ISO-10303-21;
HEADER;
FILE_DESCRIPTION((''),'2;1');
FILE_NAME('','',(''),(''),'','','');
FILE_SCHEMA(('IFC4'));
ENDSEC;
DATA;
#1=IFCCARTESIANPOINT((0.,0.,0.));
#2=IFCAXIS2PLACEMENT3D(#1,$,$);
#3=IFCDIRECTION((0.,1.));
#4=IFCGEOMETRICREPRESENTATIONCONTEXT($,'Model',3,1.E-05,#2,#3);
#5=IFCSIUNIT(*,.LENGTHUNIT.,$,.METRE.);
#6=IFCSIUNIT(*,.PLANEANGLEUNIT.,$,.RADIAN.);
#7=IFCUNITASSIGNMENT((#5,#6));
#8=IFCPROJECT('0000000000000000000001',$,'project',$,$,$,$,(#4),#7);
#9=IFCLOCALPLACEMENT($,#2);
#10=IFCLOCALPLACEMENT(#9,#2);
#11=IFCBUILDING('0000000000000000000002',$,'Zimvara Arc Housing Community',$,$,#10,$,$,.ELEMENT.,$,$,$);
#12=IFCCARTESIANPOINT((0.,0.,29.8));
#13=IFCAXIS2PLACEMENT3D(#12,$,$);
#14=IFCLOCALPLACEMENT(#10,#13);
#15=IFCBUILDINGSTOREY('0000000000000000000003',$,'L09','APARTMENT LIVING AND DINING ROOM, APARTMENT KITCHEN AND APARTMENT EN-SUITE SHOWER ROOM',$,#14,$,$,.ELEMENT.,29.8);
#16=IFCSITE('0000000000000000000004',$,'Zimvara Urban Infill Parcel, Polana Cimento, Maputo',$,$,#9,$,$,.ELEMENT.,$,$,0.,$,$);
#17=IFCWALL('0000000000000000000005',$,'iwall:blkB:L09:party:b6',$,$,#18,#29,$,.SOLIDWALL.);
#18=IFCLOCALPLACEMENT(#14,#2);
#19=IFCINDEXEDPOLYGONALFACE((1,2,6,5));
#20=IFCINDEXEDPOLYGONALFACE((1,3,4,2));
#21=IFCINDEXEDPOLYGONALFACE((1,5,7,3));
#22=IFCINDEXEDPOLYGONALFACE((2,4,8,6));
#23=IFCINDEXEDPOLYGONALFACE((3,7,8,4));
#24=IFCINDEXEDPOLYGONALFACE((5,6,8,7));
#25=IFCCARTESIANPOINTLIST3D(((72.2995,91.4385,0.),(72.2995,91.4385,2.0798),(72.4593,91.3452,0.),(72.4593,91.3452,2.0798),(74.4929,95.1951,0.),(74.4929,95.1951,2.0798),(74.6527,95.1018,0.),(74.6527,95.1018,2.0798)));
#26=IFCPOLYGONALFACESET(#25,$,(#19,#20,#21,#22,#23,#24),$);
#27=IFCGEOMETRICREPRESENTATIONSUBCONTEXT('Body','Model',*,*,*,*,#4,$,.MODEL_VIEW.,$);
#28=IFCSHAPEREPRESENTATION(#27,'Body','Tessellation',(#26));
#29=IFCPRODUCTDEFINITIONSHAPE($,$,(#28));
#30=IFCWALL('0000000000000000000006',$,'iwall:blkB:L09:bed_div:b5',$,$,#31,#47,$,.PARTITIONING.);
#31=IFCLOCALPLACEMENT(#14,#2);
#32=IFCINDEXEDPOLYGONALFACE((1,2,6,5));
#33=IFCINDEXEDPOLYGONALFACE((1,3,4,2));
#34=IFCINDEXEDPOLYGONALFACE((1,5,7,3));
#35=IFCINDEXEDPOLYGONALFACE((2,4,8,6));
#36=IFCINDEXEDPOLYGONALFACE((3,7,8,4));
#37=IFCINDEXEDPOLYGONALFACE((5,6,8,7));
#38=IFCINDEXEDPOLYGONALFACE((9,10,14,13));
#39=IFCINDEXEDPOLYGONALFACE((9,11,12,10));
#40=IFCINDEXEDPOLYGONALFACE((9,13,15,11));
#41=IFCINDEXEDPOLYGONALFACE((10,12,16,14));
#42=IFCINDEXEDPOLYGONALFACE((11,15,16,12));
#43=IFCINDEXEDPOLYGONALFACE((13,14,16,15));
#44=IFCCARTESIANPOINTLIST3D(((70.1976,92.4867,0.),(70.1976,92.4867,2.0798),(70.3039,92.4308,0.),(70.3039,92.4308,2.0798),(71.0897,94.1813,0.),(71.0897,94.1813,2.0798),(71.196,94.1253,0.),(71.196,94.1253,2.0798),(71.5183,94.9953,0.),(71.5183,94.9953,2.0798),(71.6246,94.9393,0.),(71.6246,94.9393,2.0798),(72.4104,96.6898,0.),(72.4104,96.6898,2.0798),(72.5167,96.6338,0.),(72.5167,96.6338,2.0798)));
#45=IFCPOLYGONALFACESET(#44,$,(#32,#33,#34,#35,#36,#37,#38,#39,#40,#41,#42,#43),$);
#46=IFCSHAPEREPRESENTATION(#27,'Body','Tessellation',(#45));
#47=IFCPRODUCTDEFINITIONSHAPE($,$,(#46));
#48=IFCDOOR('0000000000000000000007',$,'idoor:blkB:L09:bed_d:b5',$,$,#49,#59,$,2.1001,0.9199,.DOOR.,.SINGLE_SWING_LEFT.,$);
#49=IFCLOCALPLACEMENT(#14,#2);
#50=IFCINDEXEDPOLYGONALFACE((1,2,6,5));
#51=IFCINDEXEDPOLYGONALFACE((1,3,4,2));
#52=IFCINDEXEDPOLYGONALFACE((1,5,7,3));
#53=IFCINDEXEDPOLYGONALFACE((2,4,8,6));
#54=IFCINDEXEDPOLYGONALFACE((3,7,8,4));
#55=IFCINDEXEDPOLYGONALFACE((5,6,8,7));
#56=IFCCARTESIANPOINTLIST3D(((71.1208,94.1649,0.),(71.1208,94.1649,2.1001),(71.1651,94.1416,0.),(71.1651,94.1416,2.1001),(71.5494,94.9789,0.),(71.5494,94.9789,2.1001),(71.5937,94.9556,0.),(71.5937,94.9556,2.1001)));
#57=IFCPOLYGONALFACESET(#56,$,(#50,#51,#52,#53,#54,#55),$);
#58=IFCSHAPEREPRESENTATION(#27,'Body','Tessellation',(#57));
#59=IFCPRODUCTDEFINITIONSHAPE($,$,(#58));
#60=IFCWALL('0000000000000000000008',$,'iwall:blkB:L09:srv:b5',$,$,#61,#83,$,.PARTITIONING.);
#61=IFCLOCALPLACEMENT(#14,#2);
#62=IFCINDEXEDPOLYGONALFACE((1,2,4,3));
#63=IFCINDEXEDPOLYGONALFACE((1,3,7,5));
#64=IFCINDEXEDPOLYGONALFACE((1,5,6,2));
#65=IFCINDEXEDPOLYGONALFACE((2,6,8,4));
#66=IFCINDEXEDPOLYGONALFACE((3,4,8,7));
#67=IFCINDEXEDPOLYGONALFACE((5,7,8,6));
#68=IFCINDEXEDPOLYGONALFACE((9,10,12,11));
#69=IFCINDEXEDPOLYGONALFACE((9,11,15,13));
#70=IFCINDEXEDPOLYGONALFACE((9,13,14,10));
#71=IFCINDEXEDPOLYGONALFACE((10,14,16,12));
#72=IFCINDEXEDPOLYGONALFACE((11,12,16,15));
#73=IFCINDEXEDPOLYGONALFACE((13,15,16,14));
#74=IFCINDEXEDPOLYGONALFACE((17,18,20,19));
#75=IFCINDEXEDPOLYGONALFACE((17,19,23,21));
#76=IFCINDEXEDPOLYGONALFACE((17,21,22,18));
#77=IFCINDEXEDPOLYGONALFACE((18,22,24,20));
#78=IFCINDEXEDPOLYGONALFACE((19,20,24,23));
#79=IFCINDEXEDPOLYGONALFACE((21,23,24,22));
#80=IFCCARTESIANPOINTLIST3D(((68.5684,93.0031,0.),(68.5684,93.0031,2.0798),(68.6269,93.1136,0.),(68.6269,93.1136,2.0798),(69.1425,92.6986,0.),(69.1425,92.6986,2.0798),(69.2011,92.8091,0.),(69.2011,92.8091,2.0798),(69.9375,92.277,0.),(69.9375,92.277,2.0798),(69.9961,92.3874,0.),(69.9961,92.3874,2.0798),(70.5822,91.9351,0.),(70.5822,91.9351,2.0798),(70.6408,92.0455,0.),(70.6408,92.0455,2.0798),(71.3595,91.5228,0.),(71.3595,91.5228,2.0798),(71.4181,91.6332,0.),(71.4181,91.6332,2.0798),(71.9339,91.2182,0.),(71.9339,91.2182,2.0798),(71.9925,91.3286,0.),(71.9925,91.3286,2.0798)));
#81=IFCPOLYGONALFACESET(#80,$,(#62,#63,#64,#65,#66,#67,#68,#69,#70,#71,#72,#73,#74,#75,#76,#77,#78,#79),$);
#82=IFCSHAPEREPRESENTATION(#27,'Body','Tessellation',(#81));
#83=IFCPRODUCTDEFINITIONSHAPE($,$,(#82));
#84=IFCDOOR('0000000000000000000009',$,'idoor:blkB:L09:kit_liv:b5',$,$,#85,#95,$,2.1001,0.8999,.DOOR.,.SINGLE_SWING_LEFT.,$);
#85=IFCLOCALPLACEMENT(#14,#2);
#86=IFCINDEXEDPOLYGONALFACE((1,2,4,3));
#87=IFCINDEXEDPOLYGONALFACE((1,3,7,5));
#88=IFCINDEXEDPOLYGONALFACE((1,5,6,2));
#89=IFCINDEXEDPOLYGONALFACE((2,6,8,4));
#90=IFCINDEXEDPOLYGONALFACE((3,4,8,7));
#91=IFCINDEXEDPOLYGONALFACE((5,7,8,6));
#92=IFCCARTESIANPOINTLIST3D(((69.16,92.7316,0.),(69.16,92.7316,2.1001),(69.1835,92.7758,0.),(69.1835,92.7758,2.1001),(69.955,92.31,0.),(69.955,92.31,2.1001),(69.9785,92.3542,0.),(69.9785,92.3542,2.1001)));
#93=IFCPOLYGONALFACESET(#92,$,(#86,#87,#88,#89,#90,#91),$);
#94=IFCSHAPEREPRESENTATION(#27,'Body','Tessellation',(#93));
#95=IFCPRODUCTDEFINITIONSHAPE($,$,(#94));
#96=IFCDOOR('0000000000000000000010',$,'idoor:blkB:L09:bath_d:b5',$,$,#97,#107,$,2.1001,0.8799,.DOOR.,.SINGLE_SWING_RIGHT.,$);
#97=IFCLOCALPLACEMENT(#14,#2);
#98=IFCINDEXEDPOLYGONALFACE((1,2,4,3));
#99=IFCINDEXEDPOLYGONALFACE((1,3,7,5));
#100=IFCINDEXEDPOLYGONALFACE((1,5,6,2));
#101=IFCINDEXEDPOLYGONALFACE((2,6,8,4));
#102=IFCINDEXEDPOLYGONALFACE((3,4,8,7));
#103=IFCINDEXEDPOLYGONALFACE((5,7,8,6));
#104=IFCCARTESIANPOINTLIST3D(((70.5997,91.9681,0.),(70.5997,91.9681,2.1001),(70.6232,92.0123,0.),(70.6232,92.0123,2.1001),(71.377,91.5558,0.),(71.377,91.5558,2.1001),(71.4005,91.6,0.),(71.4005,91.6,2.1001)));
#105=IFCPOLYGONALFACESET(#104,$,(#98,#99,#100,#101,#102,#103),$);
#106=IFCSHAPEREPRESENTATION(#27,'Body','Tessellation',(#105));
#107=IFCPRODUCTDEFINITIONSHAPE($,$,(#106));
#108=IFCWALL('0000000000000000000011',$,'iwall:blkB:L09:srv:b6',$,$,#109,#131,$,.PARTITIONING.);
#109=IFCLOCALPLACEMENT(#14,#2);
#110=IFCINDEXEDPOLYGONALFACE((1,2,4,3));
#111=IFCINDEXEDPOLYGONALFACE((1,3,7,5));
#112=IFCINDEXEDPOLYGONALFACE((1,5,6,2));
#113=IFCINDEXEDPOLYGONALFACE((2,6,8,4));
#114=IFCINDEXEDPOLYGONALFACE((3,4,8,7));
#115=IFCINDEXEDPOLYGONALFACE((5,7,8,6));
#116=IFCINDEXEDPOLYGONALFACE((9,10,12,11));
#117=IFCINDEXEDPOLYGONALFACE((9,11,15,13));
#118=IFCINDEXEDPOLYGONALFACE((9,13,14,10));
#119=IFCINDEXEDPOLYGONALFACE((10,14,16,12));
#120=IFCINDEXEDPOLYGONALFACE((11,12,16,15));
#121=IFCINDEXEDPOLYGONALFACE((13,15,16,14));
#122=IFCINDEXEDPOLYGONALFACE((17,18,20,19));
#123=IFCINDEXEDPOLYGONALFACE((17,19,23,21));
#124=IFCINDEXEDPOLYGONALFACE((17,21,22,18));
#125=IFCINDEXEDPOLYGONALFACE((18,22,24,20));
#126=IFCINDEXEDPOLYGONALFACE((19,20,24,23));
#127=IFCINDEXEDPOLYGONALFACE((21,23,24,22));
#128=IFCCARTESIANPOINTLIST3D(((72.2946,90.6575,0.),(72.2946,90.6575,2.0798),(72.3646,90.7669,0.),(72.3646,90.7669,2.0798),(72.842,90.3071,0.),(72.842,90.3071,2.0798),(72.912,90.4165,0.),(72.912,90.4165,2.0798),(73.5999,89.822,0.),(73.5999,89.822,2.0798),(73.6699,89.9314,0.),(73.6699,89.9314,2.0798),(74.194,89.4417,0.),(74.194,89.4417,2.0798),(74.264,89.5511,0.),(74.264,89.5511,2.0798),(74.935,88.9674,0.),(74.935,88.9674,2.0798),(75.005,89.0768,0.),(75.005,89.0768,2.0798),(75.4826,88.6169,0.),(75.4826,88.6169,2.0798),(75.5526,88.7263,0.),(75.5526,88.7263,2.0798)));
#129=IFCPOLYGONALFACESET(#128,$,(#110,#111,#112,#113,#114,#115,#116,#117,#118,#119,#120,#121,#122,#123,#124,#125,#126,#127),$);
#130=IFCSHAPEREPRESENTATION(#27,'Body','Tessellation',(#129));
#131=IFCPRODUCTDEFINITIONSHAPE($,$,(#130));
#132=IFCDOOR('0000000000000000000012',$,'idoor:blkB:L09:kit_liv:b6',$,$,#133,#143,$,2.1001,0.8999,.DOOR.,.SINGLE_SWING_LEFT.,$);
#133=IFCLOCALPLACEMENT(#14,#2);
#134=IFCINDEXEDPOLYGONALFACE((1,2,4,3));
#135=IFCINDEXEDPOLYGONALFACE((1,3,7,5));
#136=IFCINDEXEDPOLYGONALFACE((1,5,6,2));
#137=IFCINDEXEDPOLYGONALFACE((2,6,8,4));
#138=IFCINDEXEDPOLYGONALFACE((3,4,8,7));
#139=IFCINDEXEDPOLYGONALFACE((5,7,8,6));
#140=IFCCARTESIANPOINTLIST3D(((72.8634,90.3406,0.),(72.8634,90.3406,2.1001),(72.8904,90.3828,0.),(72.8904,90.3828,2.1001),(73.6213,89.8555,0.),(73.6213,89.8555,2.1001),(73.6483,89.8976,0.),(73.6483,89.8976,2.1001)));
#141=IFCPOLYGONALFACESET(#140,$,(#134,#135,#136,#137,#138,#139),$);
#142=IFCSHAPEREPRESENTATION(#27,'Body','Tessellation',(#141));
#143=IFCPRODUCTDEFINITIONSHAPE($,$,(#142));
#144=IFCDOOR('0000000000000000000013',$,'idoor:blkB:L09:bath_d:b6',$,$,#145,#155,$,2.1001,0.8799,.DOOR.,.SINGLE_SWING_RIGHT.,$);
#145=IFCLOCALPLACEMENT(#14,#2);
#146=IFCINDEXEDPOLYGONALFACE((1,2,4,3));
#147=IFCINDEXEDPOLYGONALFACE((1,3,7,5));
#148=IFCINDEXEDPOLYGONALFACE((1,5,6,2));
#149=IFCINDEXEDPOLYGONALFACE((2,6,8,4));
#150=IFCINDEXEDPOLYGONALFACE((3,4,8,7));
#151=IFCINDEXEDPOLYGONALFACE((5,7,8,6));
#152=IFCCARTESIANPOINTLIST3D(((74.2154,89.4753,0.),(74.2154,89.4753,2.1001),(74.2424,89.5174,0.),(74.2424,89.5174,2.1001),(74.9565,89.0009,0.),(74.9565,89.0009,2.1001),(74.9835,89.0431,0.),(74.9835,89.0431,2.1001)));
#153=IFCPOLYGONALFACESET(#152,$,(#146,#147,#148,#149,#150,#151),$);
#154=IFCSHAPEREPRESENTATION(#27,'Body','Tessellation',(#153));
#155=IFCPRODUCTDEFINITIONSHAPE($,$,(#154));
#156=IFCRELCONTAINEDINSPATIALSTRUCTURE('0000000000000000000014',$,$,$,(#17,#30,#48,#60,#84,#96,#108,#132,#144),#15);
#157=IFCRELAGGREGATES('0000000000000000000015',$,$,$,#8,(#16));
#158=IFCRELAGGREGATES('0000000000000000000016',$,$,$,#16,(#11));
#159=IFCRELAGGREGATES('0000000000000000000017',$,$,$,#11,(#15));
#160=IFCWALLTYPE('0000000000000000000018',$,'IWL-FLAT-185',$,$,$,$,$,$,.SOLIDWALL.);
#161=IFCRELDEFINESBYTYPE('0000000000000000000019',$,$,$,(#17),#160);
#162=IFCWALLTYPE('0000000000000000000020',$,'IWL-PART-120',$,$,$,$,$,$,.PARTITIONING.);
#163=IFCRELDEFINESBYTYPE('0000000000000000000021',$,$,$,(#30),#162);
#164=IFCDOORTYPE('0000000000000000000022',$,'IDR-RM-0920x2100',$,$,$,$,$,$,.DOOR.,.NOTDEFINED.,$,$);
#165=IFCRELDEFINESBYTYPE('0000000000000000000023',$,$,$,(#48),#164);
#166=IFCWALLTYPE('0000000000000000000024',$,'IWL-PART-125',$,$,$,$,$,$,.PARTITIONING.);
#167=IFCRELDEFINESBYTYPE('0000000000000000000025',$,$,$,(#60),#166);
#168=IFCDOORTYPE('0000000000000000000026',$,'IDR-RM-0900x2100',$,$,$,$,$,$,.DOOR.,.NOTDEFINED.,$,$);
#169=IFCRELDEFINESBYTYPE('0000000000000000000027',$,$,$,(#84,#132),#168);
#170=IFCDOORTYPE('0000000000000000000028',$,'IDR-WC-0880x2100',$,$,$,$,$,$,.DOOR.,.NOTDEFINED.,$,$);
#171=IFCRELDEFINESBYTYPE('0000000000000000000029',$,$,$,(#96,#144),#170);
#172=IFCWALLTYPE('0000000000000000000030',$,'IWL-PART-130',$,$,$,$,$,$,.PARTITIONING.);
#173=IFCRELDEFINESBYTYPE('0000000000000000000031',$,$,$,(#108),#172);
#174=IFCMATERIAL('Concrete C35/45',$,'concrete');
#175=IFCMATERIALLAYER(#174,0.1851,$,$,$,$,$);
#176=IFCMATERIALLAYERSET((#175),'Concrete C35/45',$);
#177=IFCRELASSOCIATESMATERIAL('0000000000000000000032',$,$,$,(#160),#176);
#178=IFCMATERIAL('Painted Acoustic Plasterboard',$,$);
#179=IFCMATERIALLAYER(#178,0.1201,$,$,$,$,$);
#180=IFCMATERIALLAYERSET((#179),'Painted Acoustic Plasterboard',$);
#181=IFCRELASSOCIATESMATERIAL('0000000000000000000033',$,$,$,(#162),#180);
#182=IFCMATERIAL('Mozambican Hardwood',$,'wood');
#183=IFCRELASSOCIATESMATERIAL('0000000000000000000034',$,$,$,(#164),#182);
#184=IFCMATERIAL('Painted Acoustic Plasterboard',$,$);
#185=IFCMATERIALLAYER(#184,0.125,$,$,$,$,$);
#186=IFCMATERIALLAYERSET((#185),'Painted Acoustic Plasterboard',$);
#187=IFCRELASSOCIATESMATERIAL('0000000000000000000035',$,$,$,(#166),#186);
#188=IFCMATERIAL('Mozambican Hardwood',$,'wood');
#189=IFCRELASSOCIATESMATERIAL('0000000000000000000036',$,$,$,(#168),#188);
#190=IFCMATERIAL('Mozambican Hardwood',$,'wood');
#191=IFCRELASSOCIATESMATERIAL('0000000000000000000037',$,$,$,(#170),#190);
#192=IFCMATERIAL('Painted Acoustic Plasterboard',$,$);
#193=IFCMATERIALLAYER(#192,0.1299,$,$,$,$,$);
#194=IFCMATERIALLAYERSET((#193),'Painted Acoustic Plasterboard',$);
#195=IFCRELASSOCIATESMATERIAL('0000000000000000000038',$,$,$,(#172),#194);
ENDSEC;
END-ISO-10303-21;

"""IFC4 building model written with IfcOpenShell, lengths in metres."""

from ifc_helpers import new_model, si_unit, direction, frame, frame_2d, origin, place, context, subcontext, project, spatial, rectangle, extrude, material, layer, layer_set, type_object, element, fill, save


model = new_model("IFC4")

# Units and contexts
model_context = context("Model", 3, precision=1e-05, world=origin(), true_north=direction((0.0, 1.0)))
body_context = subcontext(model_context, "Body", "Model", "MODEL_VIEW")
ifc_project = project(units=[si_unit("LENGTHUNIT", "METRE"), si_unit("PLANEANGLEUNIT", "RADIAN")], contexts=[model_context])

# Site, building, storey
site_placement = place(None, origin())
site = spatial("IfcSite", under=ifc_project, at=site_placement, Name="Zimvara Urban Infill Parcel, Polana Cimento, Maputo", CompositionType="ELEMENT", RefElevation=0.0)
building_placement = place(site_placement, origin())
building = spatial("IfcBuilding", under=site, at=building_placement, Name="Zimvara Arc Housing Community", CompositionType="ELEMENT")
storey_placement = place(building_placement, frame((0.0, 0.0, 29.8)))
storey = spatial("IfcBuildingStorey", under=building, at=storey_placement, Name="L09", Description="APARTMENT LIVING AND DINING ROOM, APARTMENT KITCHEN AND APARTMENT EN-SUITE SHOWER ROOM", CompositionType="ELEMENT", Elevation=29.8)

# Wall
ifc_material_1 = material(Name="Concrete C35/45", Category="concrete")
ifc_layer_1 = layer(ifc_material_1, 0.1851)
ifc_layer_set_1 = layer_set([ifc_layer_1], Name="Concrete C35/45")
wall_type_1 = type_object("IfcWallType", Name="IWL-FLAT-185", PredefinedType="SOLIDWALL", material=ifc_layer_set_1)
for number, where, z_axis, x_axis, name in (
    (1, (72.3794, 91.3918, 0.0), (0.0, 0.0, 1.0), (0.504216, 0.863577, 0.0), "iwall:blkB:L09:party:b6"),
):
    element("IfcWall", number, at=place(storey_placement, frame(where, z_axis=z_axis, x_axis=x_axis)), inside=storey, type_object=wall_type_1, Name=name, PredefinedType="SOLIDWALL", context=body_context, shape_type="SweptSolid", body=[
        extrude(rectangle(XDim=4.3501, YDim=0.1851, at=frame_2d((2.175, 0.0))), origin(), (0.0, 0.0, 1.0), 2.0798),
    ])

# Wall, opening, door
ifc_material_2 = material(Name="Painted Acoustic Plasterboard")
ifc_layer_2 = layer(ifc_material_2, 0.1201)
ifc_layer_set_2 = layer_set([ifc_layer_2], Name="Painted Acoustic Plasterboard")
wall_type_2 = type_object("IfcWallType", Name="IWL-PART-120", PredefinedType="PARTITIONING", material=ifc_layer_set_2)
wall_1_placement = place(storey_placement, frame((70.2507, 92.4587, 0.0), z_axis=(0.0, 0.0, 1.0), x_axis=(0.465865, 0.884856, 0.0)))
wall_1 = element("IfcWall", 2, at=wall_1_placement, inside=storey, type_object=wall_type_2, Name="iwall:blkB:L09:bed_div:b5", PredefinedType="PARTITIONING", context=body_context, shape_type="SweptSolid", body=[
    extrude(rectangle(XDim=4.75, YDim=0.1201, at=frame_2d((2.375, 0.0))), origin(), (0.0, 0.0, 1.0), 2.0798),
])
opening_1_placement = place(wall_1_placement, frame((1.915, 0.0, 0.0)))
opening_1 = element("IfcOpeningElement", 3, at=opening_1_placement, cuts=wall_1, PredefinedType="OPENING", context=body_context, shape_type="SweptSolid", body=[
    extrude(rectangle(XDim=0.9199, YDim=2.1001, at=frame_2d((0.46, 1.05))), frame((0.0, 0.0701, 0.0), z_axis=(0.0, -1.0, 0.0), x_axis=(1.0, 0.0, 0.0)), (0.0, 0.0, 1.0), 0.1401),
])
ifc_material_3 = material(Name="Mozambican Hardwood", Category="wood")
door_type_1 = type_object("IfcDoorType", Name="IDR-RM-0920x2100", OperationType="NOTDEFINED", PredefinedType="DOOR", material=ifc_material_3)
door_1_placement = place(opening_1_placement, origin())
door_1 = element("IfcDoor", 4, at=door_1_placement, inside=storey, type_object=door_type_1, Name="idoor:blkB:L09:bed_d:b5", OperationType="SINGLE_SWING_LEFT", OverallHeight=2.1001, OverallWidth=0.9199, PredefinedType="DOOR", context=body_context, shape_type="SweptSolid", body=[
    extrude(rectangle(XDim=0.9199, YDim=2.1001, at=frame_2d((0.46, 1.05))), frame((0.0, 0.0249, 0.0), z_axis=(0.0, -1.0, 0.0), x_axis=(1.0, 0.0, 0.0)), (0.0, 0.0, 1.0), 0.05),
])
fill(opening_1, door_1)

# Walls, openings, doors
ifc_material_4 = material(Name="Painted Acoustic Plasterboard")
ifc_layer_3 = layer(ifc_material_4, 0.125)
ifc_layer_set_3 = layer_set([ifc_layer_3], Name="Painted Acoustic Plasterboard")
wall_type_3 = type_object("IfcWallType", Name="IWL-PART-125", PredefinedType="PARTITIONING", material=ifc_layer_set_3)
wall_2_placement = place(storey_placement, frame((68.5977, 93.0583, 0.0), z_axis=(0.0, 0.0, 1.0), x_axis=(0.883442, -0.468541, 0.0)))
wall_2 = element("IfcWall", 5, at=wall_2_placement, inside=storey, type_object=wall_type_3, Name="iwall:blkB:L09:srv:b5", PredefinedType="PARTITIONING", context=body_context, shape_type="SweptSolid", body=[
    extrude(rectangle(XDim=3.8096, YDim=0.125, at=frame_2d((1.9048, 0.0))), origin(), (0.0, 0.0, 1.0), 2.0798),
])
opening_2_placement = place(wall_2_placement, frame((0.6499, 0.0, 0.0)))
opening_2 = element("IfcOpeningElement", 6, at=opening_2_placement, cuts=wall_2, PredefinedType="OPENING", context=body_context, shape_type="SweptSolid", body=[
    extrude(rectangle(XDim=0.8999, YDim=2.1001, at=frame_2d((0.45, 1.05))), frame((0.0, 0.0725, 0.0), z_axis=(0.0, -1.0, 0.0), x_axis=(1.0, 0.0, 0.0)), (0.0, 0.0, 1.0), 0.145),
])
opening_3_placement = place(wall_2_placement, frame((2.2795, 0.0, 0.0)))
opening_3 = element("IfcOpeningElement", 7, at=opening_3_placement, cuts=wall_2, PredefinedType="OPENING", context=body_context, shape_type="SweptSolid", body=[
    extrude(rectangle(XDim=0.8799, YDim=2.1001, at=frame_2d((0.4399, 1.05))), frame((0.0, 0.0725, 0.0), z_axis=(0.0, -1.0, 0.0), x_axis=(1.0, 0.0, 0.0)), (0.0, 0.0, 1.0), 0.145),
])
ifc_material_5 = material(Name="Mozambican Hardwood", Category="wood")
door_type_2 = type_object("IfcDoorType", Name="IDR-RM-0900x2100", OperationType="NOTDEFINED", PredefinedType="DOOR", material=ifc_material_5)
door_2_placement = place(opening_2_placement, origin())
door_2 = element("IfcDoor", 8, at=door_2_placement, inside=storey, type_object=door_type_2, Name="idoor:blkB:L09:kit_liv:b5", OperationType="SINGLE_SWING_LEFT", OverallHeight=2.1001, OverallWidth=0.8999, PredefinedType="DOOR", context=body_context, shape_type="SweptSolid", body=[
    extrude(rectangle(XDim=0.8999, YDim=2.1001, at=frame_2d((0.45, 1.05))), frame((0.0, 0.0249, 0.0), z_axis=(0.0, -1.0, 0.0), x_axis=(1.0, 0.0, 0.0)), (0.0, 0.0, 1.0), 0.05),
])
fill(opening_2, door_2)
ifc_material_6 = material(Name="Mozambican Hardwood", Category="wood")
door_type_3 = type_object("IfcDoorType", Name="IDR-WC-0880x2100", OperationType="NOTDEFINED", PredefinedType="DOOR", material=ifc_material_6)
door_3_placement = place(opening_3_placement, origin())
door_3 = element("IfcDoor", 9, at=door_3_placement, inside=storey, type_object=door_type_3, Name="idoor:blkB:L09:bath_d:b5", OperationType="SINGLE_SWING_RIGHT", OverallHeight=2.1001, OverallWidth=0.8799, PredefinedType="DOOR", context=body_context, shape_type="SweptSolid", body=[
    extrude(rectangle(XDim=0.8799, YDim=2.1001, at=frame_2d((0.4399, 1.05))), frame((0.0, 0.0249, 0.0), z_axis=(0.0, -1.0, 0.0), x_axis=(1.0, 0.0, 0.0)), (0.0, 0.0, 1.0), 0.05),
])
fill(opening_3, door_3)
ifc_material_7 = material(Name="Painted Acoustic Plasterboard")
ifc_layer_4 = layer(ifc_material_7, 0.1299)
ifc_layer_set_4 = layer_set([ifc_layer_4], Name="Painted Acoustic Plasterboard")
wall_type_4 = type_object("IfcWallType", Name="IWL-PART-130", PredefinedType="PARTITIONING", material=ifc_layer_set_4)
wall_3_placement = place(storey_placement, frame((72.3296, 90.7122, 0.0), z_axis=(0.0, 0.0, 1.0), x_axis=(0.842246, -0.539094, 0.0)))
wall_3 = element("IfcWall", 10, at=wall_3_placement, inside=storey, type_object=wall_type_4, Name="iwall:blkB:L09:srv:b6", PredefinedType="PARTITIONING", context=body_context, shape_type="SweptSolid", body=[
    extrude(rectangle(XDim=3.7852, YDim=0.1299, at=frame_2d((1.8926, 0.0))), origin(), (0.0, 0.0, 1.0), 2.0798),
])
opening_4_placement = place(wall_3_placement, frame((0.6499, 0.0, 0.0)))
opening_4 = element("IfcOpeningElement", 11, at=opening_4_placement, cuts=wall_3, PredefinedType="OPENING", context=body_context, shape_type="SweptSolid", body=[
    extrude(rectangle(XDim=0.8999, YDim=2.1001, at=frame_2d((0.45, 1.05))), frame((0.0, 0.075, 0.0), z_axis=(0.0, -1.0, 0.0), x_axis=(1.0, 0.0, 0.0)), (0.0, 0.0, 1.0), 0.1499),
])
opening_5_placement = place(wall_3_placement, frame((2.2551, 0.0, 0.0)))
opening_5 = element("IfcOpeningElement", 12, at=opening_5_placement, cuts=wall_3, PredefinedType="OPENING", context=body_context, shape_type="SweptSolid", body=[
    extrude(rectangle(XDim=0.8799, YDim=2.1001, at=frame_2d((0.4399, 1.05))), frame((0.0, 0.075, 0.0), z_axis=(0.0, -1.0, 0.0), x_axis=(1.0, 0.0, 0.0)), (0.0, 0.0, 1.0), 0.1499),
])
door_4_placement = place(opening_4_placement, origin())
door_4 = element("IfcDoor", 13, at=door_4_placement, inside=storey, type_object=door_type_2, Name="idoor:blkB:L09:kit_liv:b6", OperationType="SINGLE_SWING_LEFT", OverallHeight=2.1001, OverallWidth=0.8999, PredefinedType="DOOR", context=body_context, shape_type="SweptSolid", body=[
    extrude(rectangle(XDim=0.8999, YDim=2.1001, at=frame_2d((0.45, 1.05))), frame((0.0, 0.0249, 0.0), z_axis=(0.0, -1.0, 0.0), x_axis=(1.0, 0.0, 0.0)), (0.0, 0.0, 1.0), 0.05),
])
fill(opening_4, door_4)
door_5_placement = place(opening_5_placement, origin())
door_5 = element("IfcDoor", 14, at=door_5_placement, inside=storey, type_object=door_type_3, Name="idoor:blkB:L09:bath_d:b6", OperationType="SINGLE_SWING_RIGHT", OverallHeight=2.1001, OverallWidth=0.8799, PredefinedType="DOOR", context=body_context, shape_type="SweptSolid", body=[
    extrude(rectangle(XDim=0.8799, YDim=2.1001, at=frame_2d((0.4399, 1.05))), frame((0.0, 0.0249, 0.0), z_axis=(0.0, -1.0, 0.0), x_axis=(1.0, 0.0, 0.0)), (0.0, 0.0, 1.0), 0.05),
])
fill(opening_5, door_5)

save(model, "model.ifc")
